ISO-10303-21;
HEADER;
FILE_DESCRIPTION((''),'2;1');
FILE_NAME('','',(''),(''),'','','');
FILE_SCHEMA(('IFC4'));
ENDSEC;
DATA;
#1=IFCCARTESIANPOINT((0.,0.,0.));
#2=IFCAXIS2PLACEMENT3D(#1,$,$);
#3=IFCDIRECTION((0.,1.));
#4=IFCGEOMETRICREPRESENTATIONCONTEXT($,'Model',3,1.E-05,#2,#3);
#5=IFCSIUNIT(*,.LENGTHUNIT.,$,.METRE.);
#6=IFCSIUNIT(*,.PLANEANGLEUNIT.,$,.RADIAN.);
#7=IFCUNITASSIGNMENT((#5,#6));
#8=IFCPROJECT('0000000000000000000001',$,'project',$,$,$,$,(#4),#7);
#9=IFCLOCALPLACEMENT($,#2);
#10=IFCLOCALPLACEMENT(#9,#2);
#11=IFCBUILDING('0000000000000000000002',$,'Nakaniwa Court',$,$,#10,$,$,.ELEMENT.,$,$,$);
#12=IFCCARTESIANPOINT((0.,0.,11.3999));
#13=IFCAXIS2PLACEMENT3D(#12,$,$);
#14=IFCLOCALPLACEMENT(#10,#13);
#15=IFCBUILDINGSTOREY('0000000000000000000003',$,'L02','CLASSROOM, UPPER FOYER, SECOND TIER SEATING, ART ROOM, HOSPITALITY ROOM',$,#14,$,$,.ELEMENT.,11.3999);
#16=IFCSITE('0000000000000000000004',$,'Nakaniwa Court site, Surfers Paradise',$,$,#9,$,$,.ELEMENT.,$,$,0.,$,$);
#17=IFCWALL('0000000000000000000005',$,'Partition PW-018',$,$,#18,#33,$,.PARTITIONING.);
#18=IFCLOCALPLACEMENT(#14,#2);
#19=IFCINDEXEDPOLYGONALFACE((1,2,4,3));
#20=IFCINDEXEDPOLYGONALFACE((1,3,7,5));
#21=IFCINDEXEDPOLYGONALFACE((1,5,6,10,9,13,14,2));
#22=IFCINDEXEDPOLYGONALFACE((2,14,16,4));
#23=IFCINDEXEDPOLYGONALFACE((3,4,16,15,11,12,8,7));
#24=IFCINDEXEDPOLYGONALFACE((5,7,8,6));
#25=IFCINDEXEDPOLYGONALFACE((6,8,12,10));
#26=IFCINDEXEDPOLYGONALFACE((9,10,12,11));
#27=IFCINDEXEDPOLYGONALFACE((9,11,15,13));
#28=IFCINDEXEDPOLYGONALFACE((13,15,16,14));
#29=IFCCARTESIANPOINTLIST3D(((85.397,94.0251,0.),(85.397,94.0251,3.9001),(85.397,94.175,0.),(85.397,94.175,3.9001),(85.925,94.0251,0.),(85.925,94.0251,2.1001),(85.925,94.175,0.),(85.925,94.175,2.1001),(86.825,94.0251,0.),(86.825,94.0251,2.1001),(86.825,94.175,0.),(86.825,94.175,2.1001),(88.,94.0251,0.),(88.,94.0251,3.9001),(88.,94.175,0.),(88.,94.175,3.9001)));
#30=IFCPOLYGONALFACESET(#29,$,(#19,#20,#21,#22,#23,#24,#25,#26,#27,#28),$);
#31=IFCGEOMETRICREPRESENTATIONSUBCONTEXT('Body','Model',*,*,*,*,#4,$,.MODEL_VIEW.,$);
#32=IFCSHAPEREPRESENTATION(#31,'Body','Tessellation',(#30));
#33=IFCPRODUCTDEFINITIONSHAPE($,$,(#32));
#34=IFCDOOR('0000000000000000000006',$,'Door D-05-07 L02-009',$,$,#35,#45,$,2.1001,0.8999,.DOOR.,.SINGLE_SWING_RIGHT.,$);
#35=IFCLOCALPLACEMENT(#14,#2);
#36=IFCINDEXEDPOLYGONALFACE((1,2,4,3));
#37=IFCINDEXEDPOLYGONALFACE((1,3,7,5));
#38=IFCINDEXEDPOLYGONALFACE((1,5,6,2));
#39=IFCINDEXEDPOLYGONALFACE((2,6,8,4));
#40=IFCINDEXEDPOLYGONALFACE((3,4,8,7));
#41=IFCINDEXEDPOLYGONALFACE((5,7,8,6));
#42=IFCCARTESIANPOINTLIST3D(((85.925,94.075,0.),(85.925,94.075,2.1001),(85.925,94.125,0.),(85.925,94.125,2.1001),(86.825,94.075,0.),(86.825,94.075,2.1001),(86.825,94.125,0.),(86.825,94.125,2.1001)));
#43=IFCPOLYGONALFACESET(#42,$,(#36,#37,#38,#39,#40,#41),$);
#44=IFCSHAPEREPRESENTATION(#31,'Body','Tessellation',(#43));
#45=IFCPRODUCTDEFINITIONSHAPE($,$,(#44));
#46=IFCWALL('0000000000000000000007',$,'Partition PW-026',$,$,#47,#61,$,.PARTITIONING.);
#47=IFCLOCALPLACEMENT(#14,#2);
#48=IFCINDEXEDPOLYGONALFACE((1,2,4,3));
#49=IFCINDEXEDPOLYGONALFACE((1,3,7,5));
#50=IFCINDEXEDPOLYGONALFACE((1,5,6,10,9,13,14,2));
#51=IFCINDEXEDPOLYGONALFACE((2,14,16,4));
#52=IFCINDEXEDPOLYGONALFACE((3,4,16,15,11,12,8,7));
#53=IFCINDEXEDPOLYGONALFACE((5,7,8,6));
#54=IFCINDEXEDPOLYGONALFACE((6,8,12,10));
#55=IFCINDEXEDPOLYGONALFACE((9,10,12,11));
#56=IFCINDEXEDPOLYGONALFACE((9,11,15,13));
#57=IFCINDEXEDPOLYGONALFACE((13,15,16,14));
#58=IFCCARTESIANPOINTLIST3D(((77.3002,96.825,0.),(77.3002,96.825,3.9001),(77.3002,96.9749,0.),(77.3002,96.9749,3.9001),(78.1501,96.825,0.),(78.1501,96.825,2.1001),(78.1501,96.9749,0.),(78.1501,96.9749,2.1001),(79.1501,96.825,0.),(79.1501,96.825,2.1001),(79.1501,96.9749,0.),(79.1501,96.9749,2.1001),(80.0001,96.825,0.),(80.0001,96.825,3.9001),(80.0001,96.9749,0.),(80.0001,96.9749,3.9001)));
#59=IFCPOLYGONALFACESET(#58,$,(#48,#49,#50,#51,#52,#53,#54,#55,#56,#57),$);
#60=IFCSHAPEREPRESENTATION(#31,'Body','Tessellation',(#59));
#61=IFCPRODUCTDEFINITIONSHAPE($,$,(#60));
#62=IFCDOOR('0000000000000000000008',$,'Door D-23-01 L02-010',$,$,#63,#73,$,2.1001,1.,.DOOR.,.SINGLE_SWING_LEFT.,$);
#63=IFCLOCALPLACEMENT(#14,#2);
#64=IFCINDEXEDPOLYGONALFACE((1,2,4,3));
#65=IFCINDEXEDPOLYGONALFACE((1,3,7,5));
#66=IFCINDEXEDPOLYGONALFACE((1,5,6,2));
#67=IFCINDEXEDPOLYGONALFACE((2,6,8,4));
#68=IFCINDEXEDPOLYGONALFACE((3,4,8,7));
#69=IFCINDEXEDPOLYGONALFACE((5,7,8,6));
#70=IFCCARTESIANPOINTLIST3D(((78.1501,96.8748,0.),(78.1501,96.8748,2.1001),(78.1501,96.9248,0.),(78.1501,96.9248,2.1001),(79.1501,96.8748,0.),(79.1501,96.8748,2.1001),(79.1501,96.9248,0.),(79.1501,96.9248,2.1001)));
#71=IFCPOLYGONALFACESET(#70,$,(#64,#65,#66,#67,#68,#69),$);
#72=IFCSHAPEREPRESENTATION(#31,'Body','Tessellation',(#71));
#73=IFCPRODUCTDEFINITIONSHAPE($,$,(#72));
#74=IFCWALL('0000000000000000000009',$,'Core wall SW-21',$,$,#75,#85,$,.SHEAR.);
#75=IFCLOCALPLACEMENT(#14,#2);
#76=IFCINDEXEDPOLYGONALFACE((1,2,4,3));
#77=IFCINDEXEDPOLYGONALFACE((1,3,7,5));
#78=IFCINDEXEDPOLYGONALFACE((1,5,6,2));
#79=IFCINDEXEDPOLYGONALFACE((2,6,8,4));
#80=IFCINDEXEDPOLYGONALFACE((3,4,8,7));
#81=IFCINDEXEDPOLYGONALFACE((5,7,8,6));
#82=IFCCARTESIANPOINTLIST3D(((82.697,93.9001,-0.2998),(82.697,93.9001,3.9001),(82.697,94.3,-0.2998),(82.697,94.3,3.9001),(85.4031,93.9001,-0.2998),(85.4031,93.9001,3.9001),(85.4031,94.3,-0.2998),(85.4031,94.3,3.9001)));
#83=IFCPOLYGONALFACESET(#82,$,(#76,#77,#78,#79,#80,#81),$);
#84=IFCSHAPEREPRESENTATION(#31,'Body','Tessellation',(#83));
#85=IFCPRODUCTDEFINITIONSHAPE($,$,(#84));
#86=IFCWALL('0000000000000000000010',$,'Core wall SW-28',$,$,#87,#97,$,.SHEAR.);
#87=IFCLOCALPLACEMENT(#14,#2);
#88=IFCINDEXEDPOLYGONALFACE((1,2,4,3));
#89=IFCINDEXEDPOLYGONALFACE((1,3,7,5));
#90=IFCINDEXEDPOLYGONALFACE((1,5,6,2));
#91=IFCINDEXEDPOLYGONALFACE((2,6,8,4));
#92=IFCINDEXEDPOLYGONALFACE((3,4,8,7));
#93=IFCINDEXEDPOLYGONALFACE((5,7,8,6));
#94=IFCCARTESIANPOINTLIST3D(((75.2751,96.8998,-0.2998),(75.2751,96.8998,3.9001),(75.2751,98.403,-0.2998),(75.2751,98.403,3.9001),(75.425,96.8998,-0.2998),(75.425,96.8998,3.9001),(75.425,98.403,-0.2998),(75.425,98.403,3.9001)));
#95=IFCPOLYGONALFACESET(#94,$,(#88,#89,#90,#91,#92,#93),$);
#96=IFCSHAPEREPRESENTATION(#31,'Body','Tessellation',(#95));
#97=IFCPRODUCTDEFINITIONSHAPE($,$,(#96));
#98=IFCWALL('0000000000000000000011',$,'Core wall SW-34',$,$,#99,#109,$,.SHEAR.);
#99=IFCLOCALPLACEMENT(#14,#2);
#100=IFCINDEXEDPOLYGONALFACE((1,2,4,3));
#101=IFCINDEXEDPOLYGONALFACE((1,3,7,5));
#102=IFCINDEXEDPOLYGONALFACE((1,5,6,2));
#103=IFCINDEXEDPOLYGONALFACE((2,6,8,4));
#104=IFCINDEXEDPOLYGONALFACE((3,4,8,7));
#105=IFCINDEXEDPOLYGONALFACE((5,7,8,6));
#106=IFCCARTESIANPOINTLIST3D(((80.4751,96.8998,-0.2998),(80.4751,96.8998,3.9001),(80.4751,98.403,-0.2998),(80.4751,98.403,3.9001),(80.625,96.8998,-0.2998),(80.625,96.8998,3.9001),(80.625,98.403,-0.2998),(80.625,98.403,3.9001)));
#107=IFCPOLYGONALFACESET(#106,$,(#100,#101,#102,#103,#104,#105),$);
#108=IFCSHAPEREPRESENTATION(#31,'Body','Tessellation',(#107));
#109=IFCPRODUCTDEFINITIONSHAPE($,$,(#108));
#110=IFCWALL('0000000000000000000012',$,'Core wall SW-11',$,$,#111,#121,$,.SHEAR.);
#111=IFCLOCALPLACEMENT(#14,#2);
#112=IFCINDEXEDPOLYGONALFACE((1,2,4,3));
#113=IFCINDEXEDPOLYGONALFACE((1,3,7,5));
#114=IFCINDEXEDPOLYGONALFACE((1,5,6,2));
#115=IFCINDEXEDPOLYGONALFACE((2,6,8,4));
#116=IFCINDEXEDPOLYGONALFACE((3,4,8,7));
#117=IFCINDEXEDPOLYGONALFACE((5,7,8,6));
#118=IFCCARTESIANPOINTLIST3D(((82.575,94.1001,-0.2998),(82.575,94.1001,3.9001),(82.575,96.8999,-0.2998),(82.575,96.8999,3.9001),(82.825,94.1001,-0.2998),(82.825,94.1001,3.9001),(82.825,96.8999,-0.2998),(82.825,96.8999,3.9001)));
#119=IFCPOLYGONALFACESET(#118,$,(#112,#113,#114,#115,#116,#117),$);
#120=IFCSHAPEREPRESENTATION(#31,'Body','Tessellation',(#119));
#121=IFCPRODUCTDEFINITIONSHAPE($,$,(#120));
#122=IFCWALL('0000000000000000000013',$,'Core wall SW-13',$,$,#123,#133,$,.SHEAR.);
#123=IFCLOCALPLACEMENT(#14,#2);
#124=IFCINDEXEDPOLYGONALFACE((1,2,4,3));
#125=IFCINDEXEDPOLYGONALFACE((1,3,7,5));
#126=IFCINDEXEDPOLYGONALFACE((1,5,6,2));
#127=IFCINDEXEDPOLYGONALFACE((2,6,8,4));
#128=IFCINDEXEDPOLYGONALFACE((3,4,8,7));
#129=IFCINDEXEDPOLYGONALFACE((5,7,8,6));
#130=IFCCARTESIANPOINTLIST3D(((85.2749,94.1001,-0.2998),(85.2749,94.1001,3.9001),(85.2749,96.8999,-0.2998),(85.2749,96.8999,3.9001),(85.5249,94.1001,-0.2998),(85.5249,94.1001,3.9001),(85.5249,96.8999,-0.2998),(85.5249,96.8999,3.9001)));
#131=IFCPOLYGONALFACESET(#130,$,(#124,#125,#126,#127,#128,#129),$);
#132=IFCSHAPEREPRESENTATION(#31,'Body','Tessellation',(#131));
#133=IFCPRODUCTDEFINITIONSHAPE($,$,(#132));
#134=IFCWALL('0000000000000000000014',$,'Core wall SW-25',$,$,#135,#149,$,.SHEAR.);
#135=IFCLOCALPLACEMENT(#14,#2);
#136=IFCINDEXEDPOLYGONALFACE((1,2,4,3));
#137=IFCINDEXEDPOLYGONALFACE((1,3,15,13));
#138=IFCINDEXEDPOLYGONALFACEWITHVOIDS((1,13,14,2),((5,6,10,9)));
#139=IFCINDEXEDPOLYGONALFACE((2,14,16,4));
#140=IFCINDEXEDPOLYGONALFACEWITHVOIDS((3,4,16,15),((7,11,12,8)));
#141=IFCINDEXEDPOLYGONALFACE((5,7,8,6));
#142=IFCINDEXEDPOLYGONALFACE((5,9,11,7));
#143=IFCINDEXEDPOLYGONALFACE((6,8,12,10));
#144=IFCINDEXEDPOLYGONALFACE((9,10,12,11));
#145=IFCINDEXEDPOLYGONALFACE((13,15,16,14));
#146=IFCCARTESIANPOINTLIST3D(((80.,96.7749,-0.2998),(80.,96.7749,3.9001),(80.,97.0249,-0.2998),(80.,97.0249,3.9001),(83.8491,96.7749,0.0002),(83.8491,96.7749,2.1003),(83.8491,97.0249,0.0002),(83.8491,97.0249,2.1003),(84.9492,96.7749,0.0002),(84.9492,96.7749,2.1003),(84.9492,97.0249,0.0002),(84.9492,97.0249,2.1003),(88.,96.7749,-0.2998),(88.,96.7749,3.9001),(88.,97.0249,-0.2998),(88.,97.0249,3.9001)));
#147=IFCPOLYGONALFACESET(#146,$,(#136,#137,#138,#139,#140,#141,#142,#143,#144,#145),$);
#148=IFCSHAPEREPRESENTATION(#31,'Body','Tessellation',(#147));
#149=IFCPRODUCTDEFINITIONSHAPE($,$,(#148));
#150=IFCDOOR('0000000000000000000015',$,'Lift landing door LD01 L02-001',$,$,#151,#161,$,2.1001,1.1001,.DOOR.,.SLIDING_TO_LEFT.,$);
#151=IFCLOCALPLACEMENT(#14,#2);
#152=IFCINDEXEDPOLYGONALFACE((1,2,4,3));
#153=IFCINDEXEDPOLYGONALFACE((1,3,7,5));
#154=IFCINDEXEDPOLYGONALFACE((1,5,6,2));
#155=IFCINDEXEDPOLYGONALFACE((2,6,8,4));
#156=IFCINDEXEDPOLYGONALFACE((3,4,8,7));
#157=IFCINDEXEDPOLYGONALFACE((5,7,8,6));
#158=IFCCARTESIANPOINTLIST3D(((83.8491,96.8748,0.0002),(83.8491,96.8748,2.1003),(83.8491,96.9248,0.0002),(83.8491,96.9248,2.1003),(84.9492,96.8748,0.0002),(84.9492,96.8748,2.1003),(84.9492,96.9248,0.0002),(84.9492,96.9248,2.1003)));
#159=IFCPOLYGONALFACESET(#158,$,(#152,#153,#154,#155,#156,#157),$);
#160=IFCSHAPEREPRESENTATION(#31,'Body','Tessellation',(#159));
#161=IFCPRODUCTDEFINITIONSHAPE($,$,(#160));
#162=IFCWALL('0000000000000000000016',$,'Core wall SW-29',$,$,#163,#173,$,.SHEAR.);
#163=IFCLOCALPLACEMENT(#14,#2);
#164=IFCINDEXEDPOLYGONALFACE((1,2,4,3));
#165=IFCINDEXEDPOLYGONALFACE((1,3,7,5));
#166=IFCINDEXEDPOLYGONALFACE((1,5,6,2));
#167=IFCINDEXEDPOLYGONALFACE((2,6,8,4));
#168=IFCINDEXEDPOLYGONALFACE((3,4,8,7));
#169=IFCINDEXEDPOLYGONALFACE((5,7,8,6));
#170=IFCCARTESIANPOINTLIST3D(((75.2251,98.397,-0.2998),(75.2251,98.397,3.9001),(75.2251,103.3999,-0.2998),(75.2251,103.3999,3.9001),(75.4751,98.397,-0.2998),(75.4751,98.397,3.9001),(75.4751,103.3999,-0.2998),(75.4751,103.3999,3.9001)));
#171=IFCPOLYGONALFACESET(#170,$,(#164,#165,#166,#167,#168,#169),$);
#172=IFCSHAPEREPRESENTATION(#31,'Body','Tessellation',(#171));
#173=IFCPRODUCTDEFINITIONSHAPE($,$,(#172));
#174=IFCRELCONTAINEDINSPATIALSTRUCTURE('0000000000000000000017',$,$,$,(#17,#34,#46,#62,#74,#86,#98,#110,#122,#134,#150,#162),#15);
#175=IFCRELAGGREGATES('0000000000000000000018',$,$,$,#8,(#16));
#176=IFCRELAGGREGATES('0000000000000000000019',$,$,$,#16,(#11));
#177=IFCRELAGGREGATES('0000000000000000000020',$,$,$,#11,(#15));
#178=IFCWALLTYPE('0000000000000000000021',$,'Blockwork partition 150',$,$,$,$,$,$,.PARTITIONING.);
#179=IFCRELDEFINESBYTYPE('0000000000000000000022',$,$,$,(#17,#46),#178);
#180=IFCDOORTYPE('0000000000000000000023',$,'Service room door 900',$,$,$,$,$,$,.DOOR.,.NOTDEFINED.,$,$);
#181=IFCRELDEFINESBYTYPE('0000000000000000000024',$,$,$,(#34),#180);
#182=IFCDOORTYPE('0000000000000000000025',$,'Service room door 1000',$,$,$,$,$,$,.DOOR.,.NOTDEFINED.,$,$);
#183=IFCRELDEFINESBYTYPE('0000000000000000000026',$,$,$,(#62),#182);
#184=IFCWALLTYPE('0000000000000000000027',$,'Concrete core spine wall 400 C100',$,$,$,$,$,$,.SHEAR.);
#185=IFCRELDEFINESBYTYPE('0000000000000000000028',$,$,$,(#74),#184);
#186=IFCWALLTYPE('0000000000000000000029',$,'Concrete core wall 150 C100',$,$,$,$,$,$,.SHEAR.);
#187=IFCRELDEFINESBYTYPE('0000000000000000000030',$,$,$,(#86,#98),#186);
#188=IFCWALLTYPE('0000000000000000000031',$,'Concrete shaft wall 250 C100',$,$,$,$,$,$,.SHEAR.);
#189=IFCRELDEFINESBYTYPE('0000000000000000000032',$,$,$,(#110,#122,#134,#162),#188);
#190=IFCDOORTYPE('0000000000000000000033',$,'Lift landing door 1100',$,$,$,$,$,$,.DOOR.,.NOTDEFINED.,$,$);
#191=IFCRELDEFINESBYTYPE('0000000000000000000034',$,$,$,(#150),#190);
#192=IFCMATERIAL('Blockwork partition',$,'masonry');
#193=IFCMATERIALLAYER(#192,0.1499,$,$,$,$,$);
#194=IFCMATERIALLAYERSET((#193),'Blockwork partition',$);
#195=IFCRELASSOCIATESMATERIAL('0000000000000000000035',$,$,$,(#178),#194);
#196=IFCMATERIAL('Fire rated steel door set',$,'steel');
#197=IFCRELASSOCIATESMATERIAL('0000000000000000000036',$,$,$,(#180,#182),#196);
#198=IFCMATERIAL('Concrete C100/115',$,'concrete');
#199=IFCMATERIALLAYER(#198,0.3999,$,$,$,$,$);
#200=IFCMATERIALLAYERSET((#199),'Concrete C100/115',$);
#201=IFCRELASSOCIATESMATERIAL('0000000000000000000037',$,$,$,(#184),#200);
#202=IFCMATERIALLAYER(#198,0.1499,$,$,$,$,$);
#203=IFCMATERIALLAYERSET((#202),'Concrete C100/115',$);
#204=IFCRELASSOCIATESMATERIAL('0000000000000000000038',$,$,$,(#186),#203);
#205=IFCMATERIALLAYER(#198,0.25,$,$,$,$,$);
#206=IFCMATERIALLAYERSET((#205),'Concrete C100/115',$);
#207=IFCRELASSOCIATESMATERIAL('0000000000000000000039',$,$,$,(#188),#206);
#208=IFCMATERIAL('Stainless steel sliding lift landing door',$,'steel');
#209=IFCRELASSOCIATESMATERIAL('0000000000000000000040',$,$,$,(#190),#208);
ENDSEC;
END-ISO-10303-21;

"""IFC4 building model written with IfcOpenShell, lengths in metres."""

from ifc_helpers import new_model, si_unit, direction, frame, frame_2d, origin, place, context, subcontext, project, spatial, rectangle, extrude, material, layer, layer_set, type_object, element, fill, save


model = new_model("IFC4")

# Units and contexts
model_context = context("Model", 3, precision=1e-05, world=origin(), true_north=direction((0.0, 1.0)))
body_context = subcontext(model_context, "Body", "Model", "MODEL_VIEW")
ifc_project = project(units=[si_unit("LENGTHUNIT", "METRE"), si_unit("PLANEANGLEUNIT", "RADIAN")], contexts=[model_context])

# Site, building, storey
site_placement = place(None, origin())
site = spatial("IfcSite", under=ifc_project, at=site_placement, Name="Nakaniwa Court site, Surfers Paradise", CompositionType="ELEMENT", RefElevation=0.0)
building_placement = place(site_placement, origin())
building = spatial("IfcBuilding", under=site, at=building_placement, Name="Nakaniwa Court", CompositionType="ELEMENT")
storey_placement = place(building_placement, frame((0.0, 0.0, 11.3999)))
storey = spatial("IfcBuildingStorey", under=building, at=storey_placement, Name="L02", Description="CLASSROOM, UPPER FOYER, SECOND TIER SEATING, ART ROOM, HOSPITALITY ROOM", CompositionType="ELEMENT", Elevation=11.3999)

# Walls, openings, doors
ifc_material_1 = material(Name="Blockwork partition", Category="masonry")
ifc_layer_1 = layer(ifc_material_1, 0.1499)
ifc_layer_set_1 = layer_set([ifc_layer_1], Name="Blockwork partition")
wall_type_1 = type_object("IfcWallType", Name="Blockwork partition 150", PredefinedType="PARTITIONING", material=ifc_layer_set_1)
wall_1_placement = place(storey_placement, frame((85.397, 94.1001, 0.0), z_axis=(0.0, 0.0, 1.0), x_axis=(1.0, 0.0, 0.0)))
wall_1 = element("IfcWall", 1, at=wall_1_placement, inside=storey, type_object=wall_type_1, Name="Partition PW-018", PredefinedType="PARTITIONING", context=body_context, shape_type="SweptSolid", body=[
    extrude(rectangle(XDim=2.603, YDim=0.1499, at=frame_2d((1.3015, 0.0))), origin(), (0.0, 0.0, 1.0), 3.9001),
])
opening_1_placement = place(wall_1_placement, frame((0.5281, 0.0, 0.0)))
opening_1 = element("IfcOpeningElement", 2, at=opening_1_placement, cuts=wall_1, PredefinedType="OPENING", context=body_context, shape_type="SweptSolid", body=[
    extrude(rectangle(XDim=0.8999, YDim=2.1001, at=frame_2d((0.45, 1.05))), frame((0.0, 0.085, 0.0), z_axis=(0.0, -1.0, 0.0), x_axis=(1.0, 0.0, 0.0)), (0.0, 0.0, 1.0), 0.1699),
])
ifc_material_2 = material(Name="Fire rated steel door set", Category="steel")
door_type_1 = type_object("IfcDoorType", Name="Service room door 900", OperationType="NOTDEFINED", PredefinedType="DOOR", material=ifc_material_2)
door_1_placement = place(opening_1_placement, origin())
door_1 = element("IfcDoor", 3, at=door_1_placement, inside=storey, type_object=door_type_1, Name="Door D-05-07 L02-009", OperationType="SINGLE_SWING_RIGHT", OverallHeight=2.1001, OverallWidth=0.8999, PredefinedType="DOOR", context=body_context, shape_type="SweptSolid", body=[
    extrude(rectangle(XDim=0.8999, YDim=2.1001, at=frame_2d((0.45, 1.05))), frame((0.0, 0.0249, 0.0), z_axis=(0.0, -1.0, 0.0), x_axis=(1.0, 0.0, 0.0)), (0.0, 0.0, 1.0), 0.05),
])
fill(opening_1, door_1)
wall_2_placement = place(storey_placement, frame((77.3, 96.8999, 0.0), z_axis=(0.0, 0.0, 1.0), x_axis=(1.0, 0.0, 0.0)))
wall_2 = element("IfcWall", 4, at=wall_2_placement, inside=storey, type_object=wall_type_1, Name="Partition PW-026", PredefinedType="PARTITIONING", context=body_context, shape_type="SweptSolid", body=[
    extrude(rectangle(XDim=2.7, YDim=0.1499, at=frame_2d((1.3501, 0.0))), origin(), (0.0, 0.0, 1.0), 3.9001),
])
opening_2_placement = place(wall_2_placement, frame((0.8501, 0.0, 0.0)))
opening_2 = element("IfcOpeningElement", 5, at=opening_2_placement, cuts=wall_2, PredefinedType="OPENING", context=body_context, shape_type="SweptSolid", body=[
    extrude(rectangle(XDim=1.0, YDim=2.1001, at=frame_2d((0.5, 1.05))), frame((0.0, 0.085, 0.0), z_axis=(0.0, -1.0, 0.0), x_axis=(1.0, 0.0, 0.0)), (0.0, 0.0, 1.0), 0.1699),
])
door_type_2 = type_object("IfcDoorType", Name="Service room door 1000", OperationType="NOTDEFINED", PredefinedType="DOOR", material=ifc_material_2)
door_2_placement = place(opening_2_placement, origin())
door_2 = element("IfcDoor", 6, at=door_2_placement, inside=storey, type_object=door_type_2, Name="Door D-23-01 L02-010", OperationType="SINGLE_SWING_LEFT", OverallHeight=2.1001, OverallWidth=1.0, PredefinedType="DOOR", context=body_context, shape_type="SweptSolid", body=[
    extrude(rectangle(XDim=1.0, YDim=2.1001, at=frame_2d((0.5, 1.05))), frame((0.0, 0.0249, 0.0), z_axis=(0.0, -1.0, 0.0), x_axis=(1.0, 0.0, 0.0)), (0.0, 0.0, 1.0), 0.05),
])
fill(opening_2, door_2)

# Walls
ifc_material_3 = material(Name="Concrete C100/115", Category="concrete")
ifc_layer_2 = layer(ifc_material_3, 0.3999)
ifc_layer_set_2 = layer_set([ifc_layer_2], Name="Concrete C100/115")
wall_type_2 = type_object("IfcWallType", Name="Concrete core spine wall 400 C100", PredefinedType="SHEAR", material=ifc_layer_set_2)
wall_3_placement = place(storey_placement, frame((82.697, 94.1001, -0.2998), z_axis=(0.0, 0.0, 1.0), x_axis=(1.0, 0.0, 0.0)))
element("IfcWall", 7, at=wall_3_placement, inside=storey, type_object=wall_type_2, Name="Core wall SW-21", PredefinedType="SHEAR", context=body_context, shape_type="SweptSolid", body=[
    extrude(rectangle(XDim=2.7061, YDim=0.3999, at=frame_2d((1.353, 0.0))), origin(), (0.0, 0.0, 1.0), 4.2),
])
ifc_layer_3 = layer(ifc_material_3, 0.1499)
ifc_layer_set_3 = layer_set([ifc_layer_3], Name="Concrete C100/115")
wall_type_3 = type_object("IfcWallType", Name="Concrete core wall 150 C100", PredefinedType="SHEAR", material=ifc_layer_set_3)
for number, where, z_axis, x_axis, name in (
    (8, (75.3501, 96.8999, -0.2998), (0.0, 0.0, 1.0), (0.0, 1.0, 0.0), "Core wall SW-28"),
    (9, (80.55, 96.8999, -0.2998), (0.0, 0.0, 1.0), (0.0, 1.0, 0.0), "Core wall SW-34"),
):
    element("IfcWall", number, at=place(storey_placement, frame(where, z_axis=z_axis, x_axis=x_axis)), inside=storey, type_object=wall_type_3, Name=name, PredefinedType="SHEAR", context=body_context, shape_type="SweptSolid", body=[
        extrude(rectangle(XDim=1.5032, YDim=0.1499, at=frame_2d((0.7515, 0.0))), origin(), (0.0, 0.0, 1.0), 4.2),
    ])
ifc_layer_4 = layer(ifc_material_3, 0.25)
ifc_layer_set_4 = layer_set([ifc_layer_4], Name="Concrete C100/115")
wall_type_4 = type_object("IfcWallType", Name="Concrete shaft wall 250 C100", PredefinedType="SHEAR", material=ifc_layer_set_4)
for number, where, z_axis, x_axis, name in (
    (10, (82.7, 94.1001, -0.2998), (0.0, 0.0, 1.0), (0.0, 1.0, 0.0), "Core wall SW-11"),
    (11, (85.3999, 94.1001, -0.2998), (0.0, 0.0, 1.0), (0.0, 1.0, 0.0), "Core wall SW-13"),
):
    element("IfcWall", number, at=place(storey_placement, frame(where, z_axis=z_axis, x_axis=x_axis)), inside=storey, type_object=wall_type_4, Name=name, PredefinedType="SHEAR", context=body_context, shape_type="SweptSolid", body=[
        extrude(rectangle(XDim=2.7998, YDim=0.25, at=frame_2d((1.3999, 0.0))), origin(), (0.0, 0.0, 1.0), 4.2),
    ])

# Wall, opening, door
wall_4_placement = place(storey_placement, frame((80.0, 96.8999, -0.2998), z_axis=(0.0, 0.0, 1.0), x_axis=(1.0, 0.0, 0.0)))
wall_4 = element("IfcWall", 12, at=wall_4_placement, inside=storey, type_object=wall_type_4, Name="Core wall SW-25", PredefinedType="SHEAR", context=body_context, shape_type="SweptSolid", body=[
    extrude(rectangle(XDim=8.0, YDim=0.25, at=frame_2d((4.0, 0.0))), origin(), (0.0, 0.0, 1.0), 4.2),
])
opening_3_placement = place(wall_4_placement, frame((3.8491, 0.0, 0.3)))
opening_3 = element("IfcOpeningElement", 13, at=opening_3_placement, cuts=wall_4, PredefinedType="OPENING", context=body_context, shape_type="SweptSolid", body=[
    extrude(rectangle(XDim=1.1001, YDim=2.1001, at=frame_2d((0.55, 1.05))), frame((0.0, 0.135, 0.0), z_axis=(0.0, -1.0, 0.0), x_axis=(1.0, 0.0, 0.0)), (0.0, 0.0, 1.0), 0.27),
])
ifc_material_4 = material(Name="Stainless steel sliding lift landing door", Category="steel")
door_type_3 = type_object("IfcDoorType", Name="Lift landing door 1100", OperationType="NOTDEFINED", PredefinedType="DOOR", material=ifc_material_4)
door_3_placement = place(opening_3_placement, origin())
door_3 = element("IfcDoor", 14, at=door_3_placement, inside=storey, type_object=door_type_3, Name="Lift landing door LD01 L02-001", OperationType="SLIDING_TO_LEFT", OverallHeight=2.1001, OverallWidth=1.1001, PredefinedType="DOOR", context=body_context, shape_type="SweptSolid", body=[
    extrude(rectangle(XDim=1.1001, YDim=2.1001, at=frame_2d((0.55, 1.05))), frame((0.0, 0.0249, 0.0), z_axis=(0.0, -1.0, 0.0), x_axis=(1.0, 0.0, 0.0)), (0.0, 0.0, 1.0), 0.05),
])
fill(opening_3, door_3)

# Wall
wall_5_placement = place(storey_placement, frame((75.3501, 98.397, -0.2998), z_axis=(0.0, 0.0, 1.0), x_axis=(0.0, 1.0, 0.0)))
element("IfcWall", 15, at=wall_5_placement, inside=storey, type_object=wall_type_4, Name="Core wall SW-29", PredefinedType="SHEAR", context=body_context, shape_type="SweptSolid", body=[
    extrude(rectangle(XDim=5.0029, YDim=0.25, at=frame_2d((2.5015, 0.0))), origin(), (0.0, 0.0, 1.0), 4.2),
])

save(model, "model.ifc")
